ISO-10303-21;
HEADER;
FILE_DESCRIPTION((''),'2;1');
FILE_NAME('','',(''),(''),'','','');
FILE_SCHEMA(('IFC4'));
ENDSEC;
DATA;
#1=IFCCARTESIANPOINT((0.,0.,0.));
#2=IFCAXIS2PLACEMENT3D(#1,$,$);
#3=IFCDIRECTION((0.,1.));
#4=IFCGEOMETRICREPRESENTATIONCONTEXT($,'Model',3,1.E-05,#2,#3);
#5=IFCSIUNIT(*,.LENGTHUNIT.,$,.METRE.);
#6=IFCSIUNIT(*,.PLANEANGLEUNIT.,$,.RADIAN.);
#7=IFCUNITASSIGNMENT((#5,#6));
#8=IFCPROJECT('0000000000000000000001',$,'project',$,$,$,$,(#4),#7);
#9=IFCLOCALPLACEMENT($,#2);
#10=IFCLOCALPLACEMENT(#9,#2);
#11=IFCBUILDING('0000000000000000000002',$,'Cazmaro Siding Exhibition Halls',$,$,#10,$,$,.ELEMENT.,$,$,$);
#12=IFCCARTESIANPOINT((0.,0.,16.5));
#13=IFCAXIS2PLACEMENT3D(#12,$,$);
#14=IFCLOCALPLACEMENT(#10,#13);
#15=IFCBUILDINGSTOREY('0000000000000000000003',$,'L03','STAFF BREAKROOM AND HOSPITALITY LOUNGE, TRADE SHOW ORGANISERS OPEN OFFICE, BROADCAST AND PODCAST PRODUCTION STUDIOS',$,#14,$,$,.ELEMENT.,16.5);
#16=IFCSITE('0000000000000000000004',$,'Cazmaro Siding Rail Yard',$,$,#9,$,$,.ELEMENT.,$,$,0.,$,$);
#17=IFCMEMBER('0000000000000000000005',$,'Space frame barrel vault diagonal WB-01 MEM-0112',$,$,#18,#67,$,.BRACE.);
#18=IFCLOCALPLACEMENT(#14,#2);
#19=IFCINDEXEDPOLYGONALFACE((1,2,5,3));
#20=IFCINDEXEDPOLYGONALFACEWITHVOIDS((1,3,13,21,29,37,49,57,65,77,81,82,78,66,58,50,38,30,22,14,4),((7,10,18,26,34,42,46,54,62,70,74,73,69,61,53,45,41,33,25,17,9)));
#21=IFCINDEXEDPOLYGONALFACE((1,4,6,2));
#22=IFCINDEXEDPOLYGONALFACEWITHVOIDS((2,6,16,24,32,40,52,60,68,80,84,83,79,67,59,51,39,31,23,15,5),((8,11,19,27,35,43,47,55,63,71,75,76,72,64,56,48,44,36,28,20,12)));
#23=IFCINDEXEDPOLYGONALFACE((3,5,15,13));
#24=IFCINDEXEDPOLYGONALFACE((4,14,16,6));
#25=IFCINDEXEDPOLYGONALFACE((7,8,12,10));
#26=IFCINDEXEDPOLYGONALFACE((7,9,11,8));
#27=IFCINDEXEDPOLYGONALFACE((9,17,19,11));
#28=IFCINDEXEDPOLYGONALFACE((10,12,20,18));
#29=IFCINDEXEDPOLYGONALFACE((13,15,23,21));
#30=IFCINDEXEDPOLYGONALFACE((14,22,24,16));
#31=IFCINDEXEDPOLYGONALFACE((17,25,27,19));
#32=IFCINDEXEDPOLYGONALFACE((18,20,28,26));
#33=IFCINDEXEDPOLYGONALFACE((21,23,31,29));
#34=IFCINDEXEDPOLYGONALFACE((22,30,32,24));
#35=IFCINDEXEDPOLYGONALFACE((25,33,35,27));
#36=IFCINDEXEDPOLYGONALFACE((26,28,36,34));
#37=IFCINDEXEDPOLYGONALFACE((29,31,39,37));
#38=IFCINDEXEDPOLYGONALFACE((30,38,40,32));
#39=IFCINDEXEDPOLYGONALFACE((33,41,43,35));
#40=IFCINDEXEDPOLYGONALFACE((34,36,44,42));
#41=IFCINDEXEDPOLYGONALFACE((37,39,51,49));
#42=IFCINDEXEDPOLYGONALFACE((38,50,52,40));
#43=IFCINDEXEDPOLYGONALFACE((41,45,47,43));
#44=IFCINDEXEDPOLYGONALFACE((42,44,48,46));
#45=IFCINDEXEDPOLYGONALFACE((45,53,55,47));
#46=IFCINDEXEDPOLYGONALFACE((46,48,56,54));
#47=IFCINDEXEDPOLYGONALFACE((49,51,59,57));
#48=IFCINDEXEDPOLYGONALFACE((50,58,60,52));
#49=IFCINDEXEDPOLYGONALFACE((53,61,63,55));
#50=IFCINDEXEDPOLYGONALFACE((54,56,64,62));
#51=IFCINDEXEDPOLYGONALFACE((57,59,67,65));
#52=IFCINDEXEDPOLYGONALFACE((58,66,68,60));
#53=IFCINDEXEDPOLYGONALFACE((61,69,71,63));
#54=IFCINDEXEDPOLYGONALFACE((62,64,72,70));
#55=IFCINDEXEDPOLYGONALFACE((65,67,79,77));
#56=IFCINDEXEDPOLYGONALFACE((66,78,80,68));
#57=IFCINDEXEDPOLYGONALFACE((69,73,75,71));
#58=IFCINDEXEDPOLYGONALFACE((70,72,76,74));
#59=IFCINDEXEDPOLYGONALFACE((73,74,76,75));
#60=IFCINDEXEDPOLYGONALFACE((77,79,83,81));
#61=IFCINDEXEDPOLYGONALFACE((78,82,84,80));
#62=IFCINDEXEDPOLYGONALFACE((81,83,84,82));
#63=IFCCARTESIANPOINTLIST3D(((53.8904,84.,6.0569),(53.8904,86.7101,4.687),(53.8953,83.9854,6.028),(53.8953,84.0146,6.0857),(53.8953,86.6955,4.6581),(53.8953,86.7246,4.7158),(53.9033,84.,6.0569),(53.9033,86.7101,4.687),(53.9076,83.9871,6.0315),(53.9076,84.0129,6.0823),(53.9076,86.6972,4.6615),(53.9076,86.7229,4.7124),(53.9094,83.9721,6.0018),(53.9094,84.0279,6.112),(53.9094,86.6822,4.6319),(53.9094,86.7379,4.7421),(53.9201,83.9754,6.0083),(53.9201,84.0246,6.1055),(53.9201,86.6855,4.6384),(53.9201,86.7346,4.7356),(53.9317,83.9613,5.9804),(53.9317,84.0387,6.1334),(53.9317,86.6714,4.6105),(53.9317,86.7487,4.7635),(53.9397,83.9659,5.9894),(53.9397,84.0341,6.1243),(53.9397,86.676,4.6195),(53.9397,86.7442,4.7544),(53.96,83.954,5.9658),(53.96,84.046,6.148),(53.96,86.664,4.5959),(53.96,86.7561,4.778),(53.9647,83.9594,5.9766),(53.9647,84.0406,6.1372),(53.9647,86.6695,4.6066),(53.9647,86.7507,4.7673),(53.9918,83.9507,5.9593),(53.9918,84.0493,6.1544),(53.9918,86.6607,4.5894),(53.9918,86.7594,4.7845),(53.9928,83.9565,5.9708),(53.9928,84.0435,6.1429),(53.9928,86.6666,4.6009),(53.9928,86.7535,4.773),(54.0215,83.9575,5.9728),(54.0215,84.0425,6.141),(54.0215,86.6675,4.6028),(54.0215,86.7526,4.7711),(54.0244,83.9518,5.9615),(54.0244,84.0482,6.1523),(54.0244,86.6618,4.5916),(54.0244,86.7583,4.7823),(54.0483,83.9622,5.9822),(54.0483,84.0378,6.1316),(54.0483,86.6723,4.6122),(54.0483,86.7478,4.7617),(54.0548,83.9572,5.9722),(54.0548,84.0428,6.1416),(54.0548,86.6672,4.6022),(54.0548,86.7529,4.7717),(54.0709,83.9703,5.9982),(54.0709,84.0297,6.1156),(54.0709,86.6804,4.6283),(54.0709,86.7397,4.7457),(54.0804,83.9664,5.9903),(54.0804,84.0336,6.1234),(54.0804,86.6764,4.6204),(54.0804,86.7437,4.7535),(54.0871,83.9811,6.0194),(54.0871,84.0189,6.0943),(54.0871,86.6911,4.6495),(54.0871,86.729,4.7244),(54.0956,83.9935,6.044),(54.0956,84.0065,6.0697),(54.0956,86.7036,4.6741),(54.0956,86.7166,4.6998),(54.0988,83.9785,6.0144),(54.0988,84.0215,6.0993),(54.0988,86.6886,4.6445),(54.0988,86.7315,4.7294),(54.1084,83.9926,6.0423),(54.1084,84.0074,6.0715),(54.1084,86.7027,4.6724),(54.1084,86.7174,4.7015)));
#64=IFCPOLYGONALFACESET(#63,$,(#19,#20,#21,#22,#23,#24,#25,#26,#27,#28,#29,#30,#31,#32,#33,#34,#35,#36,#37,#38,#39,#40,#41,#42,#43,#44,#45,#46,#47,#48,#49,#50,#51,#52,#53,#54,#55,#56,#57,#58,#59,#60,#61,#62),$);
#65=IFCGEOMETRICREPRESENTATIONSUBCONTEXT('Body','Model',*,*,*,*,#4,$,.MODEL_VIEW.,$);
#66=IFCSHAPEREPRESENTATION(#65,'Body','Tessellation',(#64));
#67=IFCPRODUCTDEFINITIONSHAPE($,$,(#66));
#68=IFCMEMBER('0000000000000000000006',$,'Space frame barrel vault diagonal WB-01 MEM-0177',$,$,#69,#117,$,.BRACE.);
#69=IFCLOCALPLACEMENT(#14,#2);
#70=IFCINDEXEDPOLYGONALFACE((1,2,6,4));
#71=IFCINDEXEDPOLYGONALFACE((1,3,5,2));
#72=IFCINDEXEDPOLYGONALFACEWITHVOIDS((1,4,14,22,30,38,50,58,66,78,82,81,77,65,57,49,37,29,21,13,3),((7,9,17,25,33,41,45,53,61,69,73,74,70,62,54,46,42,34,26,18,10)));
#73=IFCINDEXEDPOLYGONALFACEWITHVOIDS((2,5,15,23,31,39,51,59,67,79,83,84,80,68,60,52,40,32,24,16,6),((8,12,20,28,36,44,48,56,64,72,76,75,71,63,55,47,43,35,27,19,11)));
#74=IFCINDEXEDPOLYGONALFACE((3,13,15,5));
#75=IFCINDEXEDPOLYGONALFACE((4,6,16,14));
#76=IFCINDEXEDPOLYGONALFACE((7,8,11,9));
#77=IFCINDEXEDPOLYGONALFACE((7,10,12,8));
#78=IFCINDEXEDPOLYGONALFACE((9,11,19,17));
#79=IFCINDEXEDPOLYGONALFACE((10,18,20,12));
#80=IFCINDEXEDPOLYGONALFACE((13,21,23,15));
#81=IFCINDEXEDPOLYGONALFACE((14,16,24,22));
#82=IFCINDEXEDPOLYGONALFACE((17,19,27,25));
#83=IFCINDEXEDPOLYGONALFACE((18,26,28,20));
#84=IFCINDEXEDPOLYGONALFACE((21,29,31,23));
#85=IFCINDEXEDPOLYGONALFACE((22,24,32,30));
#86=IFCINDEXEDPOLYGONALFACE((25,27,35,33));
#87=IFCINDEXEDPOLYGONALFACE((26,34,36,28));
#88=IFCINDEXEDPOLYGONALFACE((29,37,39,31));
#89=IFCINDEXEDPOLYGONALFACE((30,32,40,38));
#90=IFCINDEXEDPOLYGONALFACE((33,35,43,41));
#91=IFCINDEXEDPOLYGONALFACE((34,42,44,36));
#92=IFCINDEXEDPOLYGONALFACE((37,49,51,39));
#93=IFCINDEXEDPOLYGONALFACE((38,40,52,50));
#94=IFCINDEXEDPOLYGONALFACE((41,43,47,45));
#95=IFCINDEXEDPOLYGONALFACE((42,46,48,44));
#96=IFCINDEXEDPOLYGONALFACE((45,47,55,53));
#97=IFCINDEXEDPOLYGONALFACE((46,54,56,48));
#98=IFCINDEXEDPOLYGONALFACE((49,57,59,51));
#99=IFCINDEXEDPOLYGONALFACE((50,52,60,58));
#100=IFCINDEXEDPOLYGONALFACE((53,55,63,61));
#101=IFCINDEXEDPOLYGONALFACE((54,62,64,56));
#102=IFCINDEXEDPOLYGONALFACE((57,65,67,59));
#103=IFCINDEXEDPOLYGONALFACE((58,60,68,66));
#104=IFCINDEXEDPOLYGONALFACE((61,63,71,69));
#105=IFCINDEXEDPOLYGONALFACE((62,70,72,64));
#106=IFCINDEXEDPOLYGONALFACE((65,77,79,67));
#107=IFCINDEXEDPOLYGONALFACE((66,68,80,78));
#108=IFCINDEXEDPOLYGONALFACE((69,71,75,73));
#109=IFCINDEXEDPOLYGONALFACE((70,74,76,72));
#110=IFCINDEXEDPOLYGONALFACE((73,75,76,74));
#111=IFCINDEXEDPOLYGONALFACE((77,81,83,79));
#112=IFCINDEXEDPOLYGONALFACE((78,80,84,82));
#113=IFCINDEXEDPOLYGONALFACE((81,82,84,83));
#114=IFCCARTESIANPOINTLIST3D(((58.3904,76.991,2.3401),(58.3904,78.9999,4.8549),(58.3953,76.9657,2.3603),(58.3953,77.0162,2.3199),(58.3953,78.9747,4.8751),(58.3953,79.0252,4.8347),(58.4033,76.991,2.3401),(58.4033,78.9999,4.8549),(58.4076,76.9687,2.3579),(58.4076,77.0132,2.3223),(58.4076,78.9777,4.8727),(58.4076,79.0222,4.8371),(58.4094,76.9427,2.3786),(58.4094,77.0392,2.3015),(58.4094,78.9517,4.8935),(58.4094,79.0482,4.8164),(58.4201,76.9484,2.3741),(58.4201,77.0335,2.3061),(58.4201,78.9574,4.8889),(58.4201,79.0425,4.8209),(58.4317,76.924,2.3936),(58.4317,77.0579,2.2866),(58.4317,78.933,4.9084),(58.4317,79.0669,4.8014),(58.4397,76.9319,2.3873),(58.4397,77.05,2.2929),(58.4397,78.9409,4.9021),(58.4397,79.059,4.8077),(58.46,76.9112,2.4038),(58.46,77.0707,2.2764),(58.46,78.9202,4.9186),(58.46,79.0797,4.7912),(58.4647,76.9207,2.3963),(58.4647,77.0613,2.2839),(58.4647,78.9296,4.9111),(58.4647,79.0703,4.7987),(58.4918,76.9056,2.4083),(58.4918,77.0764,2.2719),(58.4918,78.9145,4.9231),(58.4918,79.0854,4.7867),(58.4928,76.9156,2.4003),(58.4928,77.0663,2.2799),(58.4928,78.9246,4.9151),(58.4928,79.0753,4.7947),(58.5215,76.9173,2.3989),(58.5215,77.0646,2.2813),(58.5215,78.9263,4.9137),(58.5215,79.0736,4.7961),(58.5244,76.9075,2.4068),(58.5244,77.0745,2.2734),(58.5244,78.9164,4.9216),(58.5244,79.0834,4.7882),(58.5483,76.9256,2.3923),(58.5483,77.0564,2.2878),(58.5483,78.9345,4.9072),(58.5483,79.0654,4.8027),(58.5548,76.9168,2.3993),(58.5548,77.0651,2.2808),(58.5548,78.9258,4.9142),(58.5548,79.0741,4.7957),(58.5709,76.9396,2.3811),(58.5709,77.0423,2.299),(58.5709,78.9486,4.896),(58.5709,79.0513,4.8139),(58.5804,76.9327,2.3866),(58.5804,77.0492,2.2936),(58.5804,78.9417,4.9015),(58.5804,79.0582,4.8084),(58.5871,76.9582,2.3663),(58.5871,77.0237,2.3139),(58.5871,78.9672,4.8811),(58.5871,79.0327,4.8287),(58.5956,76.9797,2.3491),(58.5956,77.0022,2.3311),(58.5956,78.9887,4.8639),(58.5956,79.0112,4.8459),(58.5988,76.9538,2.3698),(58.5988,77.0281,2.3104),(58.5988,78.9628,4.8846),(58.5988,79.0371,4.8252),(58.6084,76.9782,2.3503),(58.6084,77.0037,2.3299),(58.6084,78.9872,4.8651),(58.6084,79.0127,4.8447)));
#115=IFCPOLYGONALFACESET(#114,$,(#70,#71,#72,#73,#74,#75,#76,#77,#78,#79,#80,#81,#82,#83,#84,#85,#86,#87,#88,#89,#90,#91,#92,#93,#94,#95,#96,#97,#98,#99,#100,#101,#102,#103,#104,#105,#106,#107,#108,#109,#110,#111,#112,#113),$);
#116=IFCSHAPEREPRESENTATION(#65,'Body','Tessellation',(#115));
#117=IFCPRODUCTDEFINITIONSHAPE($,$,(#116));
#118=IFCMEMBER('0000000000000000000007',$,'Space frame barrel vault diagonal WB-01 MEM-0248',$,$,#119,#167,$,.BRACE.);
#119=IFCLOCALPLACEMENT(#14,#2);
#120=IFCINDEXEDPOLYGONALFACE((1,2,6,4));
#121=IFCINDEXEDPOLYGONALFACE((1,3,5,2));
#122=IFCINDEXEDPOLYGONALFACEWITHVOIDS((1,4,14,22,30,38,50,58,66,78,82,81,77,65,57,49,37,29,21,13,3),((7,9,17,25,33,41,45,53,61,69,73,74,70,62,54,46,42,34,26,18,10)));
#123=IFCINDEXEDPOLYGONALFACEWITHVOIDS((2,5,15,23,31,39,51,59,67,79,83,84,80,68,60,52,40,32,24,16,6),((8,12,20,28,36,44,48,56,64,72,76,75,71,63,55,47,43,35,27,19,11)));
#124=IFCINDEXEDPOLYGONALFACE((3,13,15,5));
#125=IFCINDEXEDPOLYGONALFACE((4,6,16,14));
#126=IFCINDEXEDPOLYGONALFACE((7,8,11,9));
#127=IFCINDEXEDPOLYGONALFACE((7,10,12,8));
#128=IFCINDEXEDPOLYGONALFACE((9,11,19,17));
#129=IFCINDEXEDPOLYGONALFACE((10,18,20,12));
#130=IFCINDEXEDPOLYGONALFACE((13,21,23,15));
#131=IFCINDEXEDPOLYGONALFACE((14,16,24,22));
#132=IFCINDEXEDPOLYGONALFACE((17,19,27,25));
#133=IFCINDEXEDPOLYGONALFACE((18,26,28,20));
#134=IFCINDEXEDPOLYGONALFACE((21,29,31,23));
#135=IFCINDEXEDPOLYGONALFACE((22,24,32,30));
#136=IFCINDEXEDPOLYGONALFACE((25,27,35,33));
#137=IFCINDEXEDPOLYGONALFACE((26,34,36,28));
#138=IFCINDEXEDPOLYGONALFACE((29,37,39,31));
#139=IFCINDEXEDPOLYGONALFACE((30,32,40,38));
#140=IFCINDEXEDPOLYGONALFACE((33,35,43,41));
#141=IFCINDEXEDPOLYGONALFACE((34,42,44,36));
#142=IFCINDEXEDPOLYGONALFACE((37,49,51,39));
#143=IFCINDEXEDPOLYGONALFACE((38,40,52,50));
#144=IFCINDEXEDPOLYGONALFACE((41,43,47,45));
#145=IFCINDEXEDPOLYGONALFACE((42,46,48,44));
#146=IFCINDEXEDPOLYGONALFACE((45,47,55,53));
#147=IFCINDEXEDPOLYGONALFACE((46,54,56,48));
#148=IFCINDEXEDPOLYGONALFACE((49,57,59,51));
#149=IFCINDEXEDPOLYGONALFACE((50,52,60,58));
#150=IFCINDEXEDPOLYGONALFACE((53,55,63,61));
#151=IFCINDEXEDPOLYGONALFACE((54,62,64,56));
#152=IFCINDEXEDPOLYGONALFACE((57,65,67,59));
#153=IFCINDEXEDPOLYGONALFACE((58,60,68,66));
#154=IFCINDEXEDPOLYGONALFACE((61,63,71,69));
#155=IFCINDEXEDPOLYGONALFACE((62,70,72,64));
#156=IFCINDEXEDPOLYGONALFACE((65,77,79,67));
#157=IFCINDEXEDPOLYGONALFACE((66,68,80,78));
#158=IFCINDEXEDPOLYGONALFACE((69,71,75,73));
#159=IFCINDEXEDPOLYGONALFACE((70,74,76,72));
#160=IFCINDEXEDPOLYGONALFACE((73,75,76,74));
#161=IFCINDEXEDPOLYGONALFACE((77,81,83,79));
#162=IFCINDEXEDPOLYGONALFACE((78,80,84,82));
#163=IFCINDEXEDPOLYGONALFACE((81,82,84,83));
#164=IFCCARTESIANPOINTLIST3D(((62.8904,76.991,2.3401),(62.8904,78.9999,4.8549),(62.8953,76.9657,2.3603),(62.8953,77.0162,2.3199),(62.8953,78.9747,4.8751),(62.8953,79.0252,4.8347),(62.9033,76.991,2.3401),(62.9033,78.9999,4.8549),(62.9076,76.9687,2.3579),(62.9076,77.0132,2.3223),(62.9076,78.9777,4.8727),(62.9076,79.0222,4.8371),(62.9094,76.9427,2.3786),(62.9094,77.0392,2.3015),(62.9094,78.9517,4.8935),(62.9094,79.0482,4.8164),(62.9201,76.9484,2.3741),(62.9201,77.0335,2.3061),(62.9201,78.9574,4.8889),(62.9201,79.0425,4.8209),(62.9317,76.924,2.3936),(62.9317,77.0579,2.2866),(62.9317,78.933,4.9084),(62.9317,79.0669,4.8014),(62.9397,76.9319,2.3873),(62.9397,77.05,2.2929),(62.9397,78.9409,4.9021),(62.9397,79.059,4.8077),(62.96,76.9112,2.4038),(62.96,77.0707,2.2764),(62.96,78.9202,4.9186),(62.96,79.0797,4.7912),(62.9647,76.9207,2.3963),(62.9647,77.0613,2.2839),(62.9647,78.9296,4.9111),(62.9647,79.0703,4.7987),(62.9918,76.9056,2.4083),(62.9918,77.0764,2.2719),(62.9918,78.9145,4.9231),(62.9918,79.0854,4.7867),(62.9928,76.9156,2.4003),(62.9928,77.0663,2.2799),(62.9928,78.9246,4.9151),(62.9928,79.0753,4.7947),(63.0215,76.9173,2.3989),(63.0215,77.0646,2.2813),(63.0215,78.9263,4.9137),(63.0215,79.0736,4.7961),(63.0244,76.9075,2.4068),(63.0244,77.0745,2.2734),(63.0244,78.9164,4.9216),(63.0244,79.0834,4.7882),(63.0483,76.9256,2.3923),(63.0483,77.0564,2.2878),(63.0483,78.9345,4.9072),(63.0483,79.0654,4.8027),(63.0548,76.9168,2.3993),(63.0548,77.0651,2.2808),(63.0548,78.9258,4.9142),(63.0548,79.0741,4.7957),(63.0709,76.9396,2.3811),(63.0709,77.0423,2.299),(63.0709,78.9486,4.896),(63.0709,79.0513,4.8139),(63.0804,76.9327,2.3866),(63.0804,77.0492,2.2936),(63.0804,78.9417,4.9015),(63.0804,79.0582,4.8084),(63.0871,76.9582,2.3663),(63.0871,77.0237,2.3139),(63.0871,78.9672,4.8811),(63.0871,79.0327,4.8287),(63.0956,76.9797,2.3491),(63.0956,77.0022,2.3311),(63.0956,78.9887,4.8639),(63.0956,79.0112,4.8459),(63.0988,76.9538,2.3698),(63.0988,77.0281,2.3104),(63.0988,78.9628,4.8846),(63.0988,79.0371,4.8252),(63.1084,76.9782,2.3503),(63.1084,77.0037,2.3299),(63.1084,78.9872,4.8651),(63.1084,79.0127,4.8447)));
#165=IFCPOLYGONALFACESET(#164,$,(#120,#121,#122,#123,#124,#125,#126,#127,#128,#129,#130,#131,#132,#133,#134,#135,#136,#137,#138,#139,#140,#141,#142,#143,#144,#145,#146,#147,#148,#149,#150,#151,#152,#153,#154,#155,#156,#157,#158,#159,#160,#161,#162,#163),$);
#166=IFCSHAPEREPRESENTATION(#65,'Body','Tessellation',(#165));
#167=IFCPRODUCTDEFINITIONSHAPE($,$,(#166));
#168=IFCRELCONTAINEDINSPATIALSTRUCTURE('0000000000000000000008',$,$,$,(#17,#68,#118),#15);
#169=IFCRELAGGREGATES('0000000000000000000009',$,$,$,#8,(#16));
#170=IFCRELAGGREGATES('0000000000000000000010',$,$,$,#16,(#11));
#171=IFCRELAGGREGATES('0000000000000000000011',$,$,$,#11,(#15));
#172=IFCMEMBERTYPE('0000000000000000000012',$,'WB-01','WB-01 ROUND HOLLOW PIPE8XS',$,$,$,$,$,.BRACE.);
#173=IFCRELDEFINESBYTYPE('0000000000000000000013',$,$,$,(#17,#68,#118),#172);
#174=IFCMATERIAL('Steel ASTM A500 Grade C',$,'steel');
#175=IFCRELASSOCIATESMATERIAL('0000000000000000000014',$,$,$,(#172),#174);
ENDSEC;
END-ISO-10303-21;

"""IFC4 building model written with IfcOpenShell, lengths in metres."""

from ifc_helpers import new_model, si_unit, direction, frame, origin, origin_2d, place, context, subcontext, project, spatial, hollow_circle, extrude, material, material_profile, profile_set, type_object, element, save


model = new_model("IFC4")

# Units and contexts
model_context = context("Model", 3, precision=1e-05, world=origin(), true_north=direction((0.0, 1.0)))
body_context = subcontext(model_context, "Body", "Model", "MODEL_VIEW")
ifc_project = project(units=[si_unit("LENGTHUNIT", "METRE"), si_unit("PLANEANGLEUNIT", "RADIAN")], contexts=[model_context])

# Site, building, storey
site_placement = place(None, origin())
site = spatial("IfcSite", under=ifc_project, at=site_placement, Name="Cazmaro Siding Rail Yard", CompositionType="ELEMENT", RefElevation=0.0)
building_placement = place(site_placement, origin())
building = spatial("IfcBuilding", under=site, at=building_placement, Name="Cazmaro Siding Exhibition Halls", CompositionType="ELEMENT")
storey_placement = place(building_placement, frame((0.0, 0.0, 16.5)))
storey = spatial("IfcBuildingStorey", under=building, at=storey_placement, Name="L03", Description="STAFF BREAKROOM AND HOSPITALITY LOUNGE, TRADE SHOW ORGANISERS OPEN OFFICE, BROADCAST AND PODCAST PRODUCTION STUDIOS", CompositionType="ELEMENT", Elevation=16.5)

# Members
ifc_material_1 = material(Name="Steel ASTM A500 Grade C", Category="steel")
ifc_material_profile_1 = material_profile(ifc_material_1, hollow_circle(Radius=0.1096, WallThickness=0.0129, at=origin_2d()), Name="PIPE8XS")
ifc_profile_set_1 = profile_set([ifc_material_profile_1], Name="Steel ASTM A500 Grade C")
member_type_1 = type_object("IfcMemberType", Name="WB-01", Description="WB-01 ROUND HOLLOW PIPE8XS", PredefinedType="BRACE", material=ifc_profile_set_1)
member_1_placement = place(storey_placement, frame((54.0, 84.0, 6.0569), z_axis=(0.0, 0.892457, -0.451133), x_axis=(-1.0, 0.0, 0.0)))
element("IfcMember", 1, at=member_1_placement, inside=storey, type_object=member_type_1, Name="Space frame barrel vault diagonal WB-01 MEM-0112", PredefinedType="BRACE", context=body_context, shape_type="SweptSolid", body=[
    extrude(hollow_circle(Radius=0.1096, WallThickness=0.0129, at=origin_2d()), origin(), (0.0, 0.0, 1.0), 3.0366),
])
for number, where, z_axis, x_axis, name in (
    (2, (58.5, 76.991, 2.3401), (0.0, 0.624149, 0.781305), (-1.0, 0.0, 0.0), "Space frame barrel vault diagonal WB-01 MEM-0177"),
    (3, (63.0, 76.991, 2.3401), (0.0, 0.624149, 0.781305), (-1.0, 0.0, 0.0), "Space frame barrel vault diagonal WB-01 MEM-0248"),
):
    element("IfcMember", number, at=place(storey_placement, frame(where, z_axis=z_axis, x_axis=x_axis)), inside=storey, type_object=member_type_1, Name=name, PredefinedType="BRACE", context=body_context, shape_type="SweptSolid", body=[
        extrude(hollow_circle(Radius=0.1096, WallThickness=0.0129, at=origin_2d()), origin(), (0.0, 0.0, 1.0), 3.2188),
    ])

save(model, "model.ifc")
